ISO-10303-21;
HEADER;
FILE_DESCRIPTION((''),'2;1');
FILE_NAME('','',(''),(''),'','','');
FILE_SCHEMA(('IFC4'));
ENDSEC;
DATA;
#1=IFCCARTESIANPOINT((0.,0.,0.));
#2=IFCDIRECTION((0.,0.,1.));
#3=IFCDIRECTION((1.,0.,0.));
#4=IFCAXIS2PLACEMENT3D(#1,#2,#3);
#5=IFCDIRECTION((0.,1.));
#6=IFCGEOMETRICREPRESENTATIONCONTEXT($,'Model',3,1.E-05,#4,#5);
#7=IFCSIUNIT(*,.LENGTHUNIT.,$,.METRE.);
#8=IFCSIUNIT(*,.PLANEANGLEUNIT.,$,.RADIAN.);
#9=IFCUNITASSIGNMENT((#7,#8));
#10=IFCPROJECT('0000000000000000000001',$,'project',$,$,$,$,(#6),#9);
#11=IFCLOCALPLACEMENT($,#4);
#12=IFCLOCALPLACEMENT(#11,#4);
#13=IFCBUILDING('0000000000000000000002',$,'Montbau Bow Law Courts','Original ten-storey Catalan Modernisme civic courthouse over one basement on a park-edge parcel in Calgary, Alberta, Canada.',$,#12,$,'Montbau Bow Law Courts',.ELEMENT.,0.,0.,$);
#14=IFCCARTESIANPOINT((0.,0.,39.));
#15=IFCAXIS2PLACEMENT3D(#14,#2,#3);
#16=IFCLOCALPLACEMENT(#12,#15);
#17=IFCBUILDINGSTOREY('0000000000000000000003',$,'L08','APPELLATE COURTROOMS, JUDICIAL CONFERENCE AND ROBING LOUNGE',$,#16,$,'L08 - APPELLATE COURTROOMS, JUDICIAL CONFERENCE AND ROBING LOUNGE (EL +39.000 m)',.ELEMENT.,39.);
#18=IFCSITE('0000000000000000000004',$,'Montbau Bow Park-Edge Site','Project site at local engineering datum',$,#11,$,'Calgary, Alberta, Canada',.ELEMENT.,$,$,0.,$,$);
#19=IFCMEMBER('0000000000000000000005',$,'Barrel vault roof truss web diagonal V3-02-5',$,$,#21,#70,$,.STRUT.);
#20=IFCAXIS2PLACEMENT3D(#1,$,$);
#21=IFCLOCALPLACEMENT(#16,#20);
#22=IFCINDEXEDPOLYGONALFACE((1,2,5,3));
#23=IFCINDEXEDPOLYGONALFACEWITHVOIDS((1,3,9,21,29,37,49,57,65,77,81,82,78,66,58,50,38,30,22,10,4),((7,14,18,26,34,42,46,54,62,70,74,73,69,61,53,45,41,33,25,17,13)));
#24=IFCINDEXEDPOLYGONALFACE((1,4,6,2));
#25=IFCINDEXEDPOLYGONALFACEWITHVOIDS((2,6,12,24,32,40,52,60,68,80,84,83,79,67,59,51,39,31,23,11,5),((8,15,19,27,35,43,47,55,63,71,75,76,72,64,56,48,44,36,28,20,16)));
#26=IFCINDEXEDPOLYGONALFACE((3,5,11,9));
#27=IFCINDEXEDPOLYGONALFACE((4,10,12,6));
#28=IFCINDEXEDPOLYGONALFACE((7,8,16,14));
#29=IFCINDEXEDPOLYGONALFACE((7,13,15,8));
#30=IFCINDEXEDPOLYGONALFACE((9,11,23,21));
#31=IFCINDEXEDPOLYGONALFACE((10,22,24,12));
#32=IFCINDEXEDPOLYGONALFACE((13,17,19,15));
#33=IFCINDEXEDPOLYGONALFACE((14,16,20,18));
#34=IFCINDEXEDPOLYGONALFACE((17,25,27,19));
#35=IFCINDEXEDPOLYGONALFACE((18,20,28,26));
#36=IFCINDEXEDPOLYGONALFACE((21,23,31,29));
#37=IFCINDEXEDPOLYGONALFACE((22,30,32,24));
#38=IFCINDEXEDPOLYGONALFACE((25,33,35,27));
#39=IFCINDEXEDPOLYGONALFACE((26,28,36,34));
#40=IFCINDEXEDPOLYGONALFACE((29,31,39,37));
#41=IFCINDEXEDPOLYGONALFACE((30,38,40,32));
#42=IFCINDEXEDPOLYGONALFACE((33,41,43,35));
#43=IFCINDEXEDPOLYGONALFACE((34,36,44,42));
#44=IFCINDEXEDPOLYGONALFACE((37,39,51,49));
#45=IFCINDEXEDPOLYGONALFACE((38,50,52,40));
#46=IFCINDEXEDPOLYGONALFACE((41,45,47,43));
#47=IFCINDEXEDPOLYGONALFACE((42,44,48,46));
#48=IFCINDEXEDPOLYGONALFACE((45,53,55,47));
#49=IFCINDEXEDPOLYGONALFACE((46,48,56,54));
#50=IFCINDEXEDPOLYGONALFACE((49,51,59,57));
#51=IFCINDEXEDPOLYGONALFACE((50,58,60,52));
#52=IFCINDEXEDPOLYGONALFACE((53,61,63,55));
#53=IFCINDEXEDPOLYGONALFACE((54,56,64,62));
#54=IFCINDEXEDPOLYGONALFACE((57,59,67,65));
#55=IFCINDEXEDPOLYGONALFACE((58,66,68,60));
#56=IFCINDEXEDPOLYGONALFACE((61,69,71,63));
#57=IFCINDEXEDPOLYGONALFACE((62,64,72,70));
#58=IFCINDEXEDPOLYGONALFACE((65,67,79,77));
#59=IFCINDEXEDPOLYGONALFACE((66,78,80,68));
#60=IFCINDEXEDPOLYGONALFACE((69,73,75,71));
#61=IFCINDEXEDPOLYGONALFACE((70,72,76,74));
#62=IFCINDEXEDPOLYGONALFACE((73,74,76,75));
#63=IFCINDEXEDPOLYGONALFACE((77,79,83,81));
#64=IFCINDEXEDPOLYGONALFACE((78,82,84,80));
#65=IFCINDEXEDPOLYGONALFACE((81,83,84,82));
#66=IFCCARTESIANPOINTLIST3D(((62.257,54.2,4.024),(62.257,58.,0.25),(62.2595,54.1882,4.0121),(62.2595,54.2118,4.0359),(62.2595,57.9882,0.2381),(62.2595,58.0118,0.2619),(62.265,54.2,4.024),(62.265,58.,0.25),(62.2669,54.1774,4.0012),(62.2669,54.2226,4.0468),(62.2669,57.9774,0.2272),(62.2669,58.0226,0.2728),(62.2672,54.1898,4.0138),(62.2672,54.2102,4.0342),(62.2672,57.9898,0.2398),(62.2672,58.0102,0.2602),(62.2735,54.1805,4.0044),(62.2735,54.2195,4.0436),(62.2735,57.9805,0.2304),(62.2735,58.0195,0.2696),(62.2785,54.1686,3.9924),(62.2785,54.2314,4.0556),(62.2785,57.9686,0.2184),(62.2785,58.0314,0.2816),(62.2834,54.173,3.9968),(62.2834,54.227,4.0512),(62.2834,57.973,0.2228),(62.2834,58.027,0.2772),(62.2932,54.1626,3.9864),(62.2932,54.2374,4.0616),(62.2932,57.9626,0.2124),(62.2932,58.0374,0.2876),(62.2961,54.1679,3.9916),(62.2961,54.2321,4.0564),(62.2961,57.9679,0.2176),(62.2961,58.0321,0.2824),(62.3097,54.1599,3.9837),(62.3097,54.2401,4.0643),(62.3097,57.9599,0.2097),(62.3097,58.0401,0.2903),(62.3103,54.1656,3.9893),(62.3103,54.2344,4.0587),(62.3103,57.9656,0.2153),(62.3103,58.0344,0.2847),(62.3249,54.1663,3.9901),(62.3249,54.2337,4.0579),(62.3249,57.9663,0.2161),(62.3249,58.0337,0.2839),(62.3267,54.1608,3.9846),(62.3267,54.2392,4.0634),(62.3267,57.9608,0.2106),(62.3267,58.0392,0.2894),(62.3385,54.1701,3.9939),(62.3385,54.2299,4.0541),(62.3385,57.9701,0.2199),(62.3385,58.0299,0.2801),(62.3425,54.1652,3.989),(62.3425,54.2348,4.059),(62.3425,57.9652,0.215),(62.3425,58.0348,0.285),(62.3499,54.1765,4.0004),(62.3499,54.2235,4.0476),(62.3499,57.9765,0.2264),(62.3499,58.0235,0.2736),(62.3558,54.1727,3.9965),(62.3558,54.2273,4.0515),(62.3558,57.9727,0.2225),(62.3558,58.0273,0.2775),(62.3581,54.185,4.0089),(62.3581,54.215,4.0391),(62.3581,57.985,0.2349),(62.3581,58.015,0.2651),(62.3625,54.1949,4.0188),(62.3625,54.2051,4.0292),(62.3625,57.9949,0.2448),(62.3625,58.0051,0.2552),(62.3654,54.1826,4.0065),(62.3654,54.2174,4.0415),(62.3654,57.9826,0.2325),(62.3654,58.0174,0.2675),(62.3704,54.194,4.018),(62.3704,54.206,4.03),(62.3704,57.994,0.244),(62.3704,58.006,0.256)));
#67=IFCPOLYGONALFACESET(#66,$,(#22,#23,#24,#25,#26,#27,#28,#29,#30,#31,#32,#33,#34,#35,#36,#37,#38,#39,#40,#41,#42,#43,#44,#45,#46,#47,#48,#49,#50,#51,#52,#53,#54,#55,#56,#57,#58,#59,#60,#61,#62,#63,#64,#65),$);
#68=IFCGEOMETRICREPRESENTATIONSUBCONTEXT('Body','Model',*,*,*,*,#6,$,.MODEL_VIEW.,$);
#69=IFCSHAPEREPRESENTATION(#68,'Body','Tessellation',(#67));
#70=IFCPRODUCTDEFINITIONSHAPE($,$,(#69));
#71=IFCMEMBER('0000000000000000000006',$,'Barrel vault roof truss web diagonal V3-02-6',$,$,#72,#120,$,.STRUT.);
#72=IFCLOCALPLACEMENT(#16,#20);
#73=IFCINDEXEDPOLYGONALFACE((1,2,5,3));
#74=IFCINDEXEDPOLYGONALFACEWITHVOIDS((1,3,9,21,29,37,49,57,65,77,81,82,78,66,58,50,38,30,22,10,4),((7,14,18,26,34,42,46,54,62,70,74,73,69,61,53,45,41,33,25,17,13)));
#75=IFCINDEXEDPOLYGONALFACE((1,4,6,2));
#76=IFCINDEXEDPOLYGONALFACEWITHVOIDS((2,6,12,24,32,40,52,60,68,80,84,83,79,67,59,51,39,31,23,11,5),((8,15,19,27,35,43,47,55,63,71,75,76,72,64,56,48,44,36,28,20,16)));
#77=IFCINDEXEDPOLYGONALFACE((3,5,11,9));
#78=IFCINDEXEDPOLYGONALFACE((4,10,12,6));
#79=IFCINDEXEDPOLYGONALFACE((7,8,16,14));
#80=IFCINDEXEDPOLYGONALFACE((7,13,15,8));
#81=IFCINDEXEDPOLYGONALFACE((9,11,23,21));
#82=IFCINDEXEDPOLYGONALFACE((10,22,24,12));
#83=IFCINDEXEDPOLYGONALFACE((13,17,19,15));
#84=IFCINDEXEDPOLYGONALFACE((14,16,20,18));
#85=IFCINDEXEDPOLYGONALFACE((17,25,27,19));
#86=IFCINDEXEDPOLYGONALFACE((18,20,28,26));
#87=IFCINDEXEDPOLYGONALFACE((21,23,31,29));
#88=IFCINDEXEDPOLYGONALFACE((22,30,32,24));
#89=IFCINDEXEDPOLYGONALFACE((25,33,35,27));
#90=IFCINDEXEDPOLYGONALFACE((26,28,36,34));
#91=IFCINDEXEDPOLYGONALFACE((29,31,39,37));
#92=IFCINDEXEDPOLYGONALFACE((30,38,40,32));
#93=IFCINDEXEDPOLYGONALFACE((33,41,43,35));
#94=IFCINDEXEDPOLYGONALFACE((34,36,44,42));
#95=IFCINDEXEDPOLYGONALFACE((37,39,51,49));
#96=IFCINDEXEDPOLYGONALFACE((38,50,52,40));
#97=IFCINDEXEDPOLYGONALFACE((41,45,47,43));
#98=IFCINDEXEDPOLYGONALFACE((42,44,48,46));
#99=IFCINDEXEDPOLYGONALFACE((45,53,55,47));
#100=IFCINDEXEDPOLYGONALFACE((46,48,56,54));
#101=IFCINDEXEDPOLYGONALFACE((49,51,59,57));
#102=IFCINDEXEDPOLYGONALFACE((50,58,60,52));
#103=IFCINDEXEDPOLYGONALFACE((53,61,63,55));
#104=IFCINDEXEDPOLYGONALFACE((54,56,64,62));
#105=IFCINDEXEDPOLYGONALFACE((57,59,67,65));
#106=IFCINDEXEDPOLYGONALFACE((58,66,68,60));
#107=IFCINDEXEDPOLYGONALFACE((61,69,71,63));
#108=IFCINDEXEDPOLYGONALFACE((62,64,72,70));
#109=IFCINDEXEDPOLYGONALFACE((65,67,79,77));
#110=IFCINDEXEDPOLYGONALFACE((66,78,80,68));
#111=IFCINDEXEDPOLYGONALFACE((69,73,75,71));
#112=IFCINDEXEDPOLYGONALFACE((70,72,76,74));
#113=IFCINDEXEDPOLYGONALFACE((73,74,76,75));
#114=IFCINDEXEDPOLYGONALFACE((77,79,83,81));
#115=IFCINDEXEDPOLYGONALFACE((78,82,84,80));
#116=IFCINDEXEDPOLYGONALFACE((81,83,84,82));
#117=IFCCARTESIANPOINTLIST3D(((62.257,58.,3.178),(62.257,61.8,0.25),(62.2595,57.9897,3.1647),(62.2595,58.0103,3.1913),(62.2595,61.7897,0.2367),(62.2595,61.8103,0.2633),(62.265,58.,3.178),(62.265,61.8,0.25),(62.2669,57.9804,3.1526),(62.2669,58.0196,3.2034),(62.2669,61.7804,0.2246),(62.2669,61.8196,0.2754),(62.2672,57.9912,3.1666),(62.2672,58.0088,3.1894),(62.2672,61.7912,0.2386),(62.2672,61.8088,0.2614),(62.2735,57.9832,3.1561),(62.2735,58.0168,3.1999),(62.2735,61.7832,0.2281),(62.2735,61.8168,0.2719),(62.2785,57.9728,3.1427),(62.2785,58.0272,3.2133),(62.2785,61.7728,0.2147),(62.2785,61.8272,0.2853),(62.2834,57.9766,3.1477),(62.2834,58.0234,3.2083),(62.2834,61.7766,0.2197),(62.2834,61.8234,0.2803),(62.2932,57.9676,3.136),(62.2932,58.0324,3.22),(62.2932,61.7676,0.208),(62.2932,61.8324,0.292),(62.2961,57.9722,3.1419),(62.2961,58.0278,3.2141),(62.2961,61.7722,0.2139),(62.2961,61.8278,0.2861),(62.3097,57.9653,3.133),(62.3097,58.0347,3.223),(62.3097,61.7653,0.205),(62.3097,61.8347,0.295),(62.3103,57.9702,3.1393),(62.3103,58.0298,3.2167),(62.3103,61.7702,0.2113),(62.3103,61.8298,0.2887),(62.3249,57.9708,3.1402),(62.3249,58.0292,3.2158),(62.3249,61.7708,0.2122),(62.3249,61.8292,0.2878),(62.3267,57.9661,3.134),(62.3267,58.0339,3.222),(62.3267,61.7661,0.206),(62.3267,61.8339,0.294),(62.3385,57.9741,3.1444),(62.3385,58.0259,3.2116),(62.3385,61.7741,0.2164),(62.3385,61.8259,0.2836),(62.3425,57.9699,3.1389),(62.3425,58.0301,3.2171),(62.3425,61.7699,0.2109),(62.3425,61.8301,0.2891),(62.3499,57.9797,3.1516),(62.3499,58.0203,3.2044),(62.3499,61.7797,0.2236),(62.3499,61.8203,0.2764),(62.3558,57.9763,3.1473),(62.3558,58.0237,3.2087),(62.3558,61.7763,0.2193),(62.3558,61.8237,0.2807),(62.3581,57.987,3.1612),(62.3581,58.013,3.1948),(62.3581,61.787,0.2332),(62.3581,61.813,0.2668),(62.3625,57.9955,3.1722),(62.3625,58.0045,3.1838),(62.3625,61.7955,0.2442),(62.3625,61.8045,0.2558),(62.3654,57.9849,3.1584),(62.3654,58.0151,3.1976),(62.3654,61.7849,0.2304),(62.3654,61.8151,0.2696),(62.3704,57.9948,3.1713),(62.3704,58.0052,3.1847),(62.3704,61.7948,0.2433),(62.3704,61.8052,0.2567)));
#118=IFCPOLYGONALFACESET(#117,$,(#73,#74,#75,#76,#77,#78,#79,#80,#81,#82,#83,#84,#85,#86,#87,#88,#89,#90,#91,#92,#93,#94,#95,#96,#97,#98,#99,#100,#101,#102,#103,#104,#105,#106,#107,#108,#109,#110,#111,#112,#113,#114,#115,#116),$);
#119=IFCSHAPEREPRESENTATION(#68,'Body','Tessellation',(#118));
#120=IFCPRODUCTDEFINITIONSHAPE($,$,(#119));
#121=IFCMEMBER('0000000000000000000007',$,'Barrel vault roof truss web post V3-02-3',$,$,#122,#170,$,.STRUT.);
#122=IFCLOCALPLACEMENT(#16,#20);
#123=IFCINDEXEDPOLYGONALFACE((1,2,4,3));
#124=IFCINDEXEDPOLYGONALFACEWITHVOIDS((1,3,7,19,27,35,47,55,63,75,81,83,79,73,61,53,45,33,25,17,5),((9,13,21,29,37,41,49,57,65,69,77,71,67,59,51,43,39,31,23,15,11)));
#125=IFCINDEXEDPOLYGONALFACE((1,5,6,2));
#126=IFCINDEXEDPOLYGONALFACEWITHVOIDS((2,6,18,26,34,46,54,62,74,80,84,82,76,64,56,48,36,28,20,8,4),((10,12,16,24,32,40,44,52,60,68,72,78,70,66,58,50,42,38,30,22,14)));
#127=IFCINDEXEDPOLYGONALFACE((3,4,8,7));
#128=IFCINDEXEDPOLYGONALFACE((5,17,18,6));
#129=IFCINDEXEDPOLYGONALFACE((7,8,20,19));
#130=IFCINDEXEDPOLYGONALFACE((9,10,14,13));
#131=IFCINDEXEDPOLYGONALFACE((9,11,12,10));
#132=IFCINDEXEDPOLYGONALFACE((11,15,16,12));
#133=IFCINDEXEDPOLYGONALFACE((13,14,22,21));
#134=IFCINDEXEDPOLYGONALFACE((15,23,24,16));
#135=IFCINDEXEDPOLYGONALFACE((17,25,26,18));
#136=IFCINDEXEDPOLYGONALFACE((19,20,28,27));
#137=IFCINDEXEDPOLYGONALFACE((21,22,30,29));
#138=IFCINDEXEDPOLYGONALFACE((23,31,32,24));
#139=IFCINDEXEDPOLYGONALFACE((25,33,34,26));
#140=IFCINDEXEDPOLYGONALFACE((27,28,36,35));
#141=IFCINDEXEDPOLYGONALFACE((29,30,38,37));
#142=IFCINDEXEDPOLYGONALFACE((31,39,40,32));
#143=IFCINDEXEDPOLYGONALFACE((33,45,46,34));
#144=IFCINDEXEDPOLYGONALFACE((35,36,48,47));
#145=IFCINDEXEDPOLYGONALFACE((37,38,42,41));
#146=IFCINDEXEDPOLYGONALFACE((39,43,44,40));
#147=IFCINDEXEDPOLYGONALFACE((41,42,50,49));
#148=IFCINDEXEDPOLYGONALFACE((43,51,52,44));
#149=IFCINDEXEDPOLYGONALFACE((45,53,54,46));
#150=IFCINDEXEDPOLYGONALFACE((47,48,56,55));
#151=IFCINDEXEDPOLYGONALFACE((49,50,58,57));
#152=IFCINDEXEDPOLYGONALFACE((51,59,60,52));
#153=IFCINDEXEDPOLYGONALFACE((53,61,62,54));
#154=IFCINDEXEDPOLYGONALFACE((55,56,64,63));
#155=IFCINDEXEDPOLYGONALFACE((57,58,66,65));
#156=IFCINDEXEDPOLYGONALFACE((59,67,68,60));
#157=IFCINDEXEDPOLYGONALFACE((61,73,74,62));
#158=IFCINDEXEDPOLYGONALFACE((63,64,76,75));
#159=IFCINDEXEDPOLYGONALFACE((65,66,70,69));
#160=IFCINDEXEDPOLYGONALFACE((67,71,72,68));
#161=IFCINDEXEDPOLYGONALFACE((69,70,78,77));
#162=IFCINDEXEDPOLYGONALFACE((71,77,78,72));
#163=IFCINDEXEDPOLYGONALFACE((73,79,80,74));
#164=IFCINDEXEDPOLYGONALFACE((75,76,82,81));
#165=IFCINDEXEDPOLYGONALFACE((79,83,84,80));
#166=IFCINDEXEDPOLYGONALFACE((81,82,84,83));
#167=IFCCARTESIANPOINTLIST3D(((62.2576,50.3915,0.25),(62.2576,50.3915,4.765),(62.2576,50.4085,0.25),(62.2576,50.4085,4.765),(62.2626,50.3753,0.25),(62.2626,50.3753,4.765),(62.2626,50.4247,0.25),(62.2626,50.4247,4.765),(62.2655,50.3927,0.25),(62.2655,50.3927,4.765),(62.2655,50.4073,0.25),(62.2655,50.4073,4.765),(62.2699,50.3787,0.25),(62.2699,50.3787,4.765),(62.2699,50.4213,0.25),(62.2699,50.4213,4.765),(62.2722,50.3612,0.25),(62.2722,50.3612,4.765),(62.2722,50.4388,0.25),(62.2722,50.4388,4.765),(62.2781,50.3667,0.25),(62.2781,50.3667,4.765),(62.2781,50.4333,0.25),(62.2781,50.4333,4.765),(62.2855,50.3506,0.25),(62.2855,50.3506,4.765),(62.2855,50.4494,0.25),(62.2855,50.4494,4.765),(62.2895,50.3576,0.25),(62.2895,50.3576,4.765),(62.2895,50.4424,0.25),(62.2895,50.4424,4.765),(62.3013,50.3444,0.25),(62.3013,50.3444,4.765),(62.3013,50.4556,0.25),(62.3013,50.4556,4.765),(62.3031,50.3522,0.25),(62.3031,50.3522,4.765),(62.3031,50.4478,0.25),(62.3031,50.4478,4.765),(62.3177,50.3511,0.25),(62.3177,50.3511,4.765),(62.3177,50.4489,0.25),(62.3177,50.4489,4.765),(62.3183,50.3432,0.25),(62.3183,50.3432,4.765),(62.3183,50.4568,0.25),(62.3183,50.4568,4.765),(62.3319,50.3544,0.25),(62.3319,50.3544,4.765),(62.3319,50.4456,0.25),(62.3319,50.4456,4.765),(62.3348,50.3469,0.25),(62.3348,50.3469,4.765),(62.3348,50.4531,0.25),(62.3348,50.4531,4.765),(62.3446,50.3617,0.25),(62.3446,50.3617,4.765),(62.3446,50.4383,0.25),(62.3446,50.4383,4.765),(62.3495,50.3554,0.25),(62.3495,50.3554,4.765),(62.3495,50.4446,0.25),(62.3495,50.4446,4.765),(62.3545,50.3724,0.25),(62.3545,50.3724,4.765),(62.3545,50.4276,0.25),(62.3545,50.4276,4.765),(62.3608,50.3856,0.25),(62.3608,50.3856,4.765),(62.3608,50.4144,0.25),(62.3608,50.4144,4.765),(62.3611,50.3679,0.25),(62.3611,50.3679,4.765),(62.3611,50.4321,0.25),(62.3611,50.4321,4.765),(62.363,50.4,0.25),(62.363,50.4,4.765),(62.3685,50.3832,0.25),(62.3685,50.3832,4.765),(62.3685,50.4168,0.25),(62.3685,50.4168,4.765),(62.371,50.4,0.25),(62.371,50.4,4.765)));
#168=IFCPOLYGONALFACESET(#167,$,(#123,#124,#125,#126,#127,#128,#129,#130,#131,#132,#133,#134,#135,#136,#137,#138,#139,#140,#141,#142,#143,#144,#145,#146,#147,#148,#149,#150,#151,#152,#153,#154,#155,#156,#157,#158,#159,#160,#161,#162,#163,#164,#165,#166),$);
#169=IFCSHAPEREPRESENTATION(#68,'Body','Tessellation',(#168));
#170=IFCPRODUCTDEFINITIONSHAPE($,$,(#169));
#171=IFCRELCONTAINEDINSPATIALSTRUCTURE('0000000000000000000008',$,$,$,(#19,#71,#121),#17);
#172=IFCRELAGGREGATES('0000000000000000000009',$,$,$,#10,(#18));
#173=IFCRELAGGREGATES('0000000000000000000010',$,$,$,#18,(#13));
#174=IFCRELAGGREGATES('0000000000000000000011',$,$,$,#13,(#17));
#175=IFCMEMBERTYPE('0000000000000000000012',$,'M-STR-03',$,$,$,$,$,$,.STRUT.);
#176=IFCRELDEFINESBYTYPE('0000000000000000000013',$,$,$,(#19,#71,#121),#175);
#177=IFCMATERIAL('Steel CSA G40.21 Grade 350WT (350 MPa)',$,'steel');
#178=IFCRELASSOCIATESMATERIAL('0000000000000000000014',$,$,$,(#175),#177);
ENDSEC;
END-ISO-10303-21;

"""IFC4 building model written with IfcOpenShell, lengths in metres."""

from ifc_helpers import new_model, si_unit, direction, frame, origin_with_axes, origin_2d_with_axis, place, context, subcontext, project, spatial, hollow_circle, extrude, material, material_profile, profile_set, type_object, element, save


model = new_model("IFC4")

# Units and contexts
model_context = context("Model", 3, precision=1e-05, world=origin_with_axes(), true_north=direction((0.0, 1.0)))
body_context = subcontext(model_context, "Body", "Model", "MODEL_VIEW")
ifc_project = project(units=[si_unit("LENGTHUNIT", "METRE"), si_unit("PLANEANGLEUNIT", "RADIAN")], contexts=[model_context])

# Site, building, storey
site_placement = place(None, origin_with_axes())
site = spatial("IfcSite", under=ifc_project, at=site_placement, Name="Montbau Bow Park-Edge Site", Description="Project site at local engineering datum", LongName="Calgary, Alberta, Canada", CompositionType="ELEMENT", RefElevation=0.0)
building_placement = place(site_placement, origin_with_axes())
building = spatial("IfcBuilding", under=site, at=building_placement, Name="Montbau Bow Law Courts", Description="Original ten-storey Catalan Modernisme civic courthouse over one basement on a park-edge parcel in Calgary, Alberta, Canada.", LongName="Montbau Bow Law Courts", CompositionType="ELEMENT", ElevationOfRefHeight=0.0, ElevationOfTerrain=0.0)
storey_placement = place(building_placement, frame((0.0, 0.0, 39.0), z_axis=(0.0, 0.0, 1.0), x_axis=(1.0, 0.0, 0.0)))
storey = spatial("IfcBuildingStorey", under=building, at=storey_placement, Name="L08", Description="APPELLATE COURTROOMS, JUDICIAL CONFERENCE AND ROBING LOUNGE", LongName="L08 - APPELLATE COURTROOMS, JUDICIAL CONFERENCE AND ROBING LOUNGE (EL +39.000 m)", CompositionType="ELEMENT", Elevation=39.0)

# Shared definitions
ifc_material_1 = material(Name="Steel CSA G40.21 Grade 350WT (350 MPa)", Category="steel")

# Members
ifc_material_profile_1 = material_profile(ifc_material_1, hollow_circle(Radius=0.057, WallThickness=0.008, at=origin_2d_with_axis()), Name="HSS114X8.0", Category="Main", Priority=0)
ifc_profile_set_1 = profile_set([ifc_material_profile_1], Name="Steel CSA G40.21 Grade 350WT (350 MPa)")
member_type_1 = type_object("IfcMemberType", Name="M-STR-03", PredefinedType="STRUT", material=ifc_profile_set_1)
member_1_placement = place(None, frame((62.314, 54.2, 43.024), z_axis=(0.0, 0.70953, -0.704675), x_axis=(-1.0, 0.0, 0.0)))
element("IfcMember", 1, at=member_1_placement, inside=storey, type_object=member_type_1, Name="Barrel vault roof truss web diagonal V3-02-5", PredefinedType="STRUT", context=body_context, shape_type="SweptSolid", body=[
    extrude(hollow_circle(Radius=0.057, WallThickness=0.008, at=origin_2d_with_axis()), origin_with_axes(), (0.0, 0.0, 1.0), 5.3557),
])
member_2_placement = place(None, frame((62.314, 58.0, 42.178), z_axis=(0.0, 0.792128, -0.610355), x_axis=(-1.0, 0.0, 0.0)))
element("IfcMember", 2, at=member_2_placement, inside=storey, type_object=member_type_1, Name="Barrel vault roof truss web diagonal V3-02-6", PredefinedType="STRUT", context=body_context, shape_type="SweptSolid", body=[
    extrude(hollow_circle(Radius=0.057, WallThickness=0.008, at=origin_2d_with_axis()), origin_with_axes(), (0.0, 0.0, 1.0), 4.7972),
])
member_3_placement = place(None, frame((62.314, 50.4, 39.25), z_axis=(0.0, 0.0, 1.0), x_axis=(1.0, 0.0, 0.0)))
element("IfcMember", 3, at=member_3_placement, inside=storey, type_object=member_type_1, Name="Barrel vault roof truss web post V3-02-3", PredefinedType="STRUT", context=body_context, shape_type="SweptSolid", body=[
    extrude(hollow_circle(Radius=0.057, WallThickness=0.008, at=origin_2d_with_axis()), origin_with_axes(), (0.0, 0.0, 1.0), 4.515),
])

save(model, "model.ifc")
